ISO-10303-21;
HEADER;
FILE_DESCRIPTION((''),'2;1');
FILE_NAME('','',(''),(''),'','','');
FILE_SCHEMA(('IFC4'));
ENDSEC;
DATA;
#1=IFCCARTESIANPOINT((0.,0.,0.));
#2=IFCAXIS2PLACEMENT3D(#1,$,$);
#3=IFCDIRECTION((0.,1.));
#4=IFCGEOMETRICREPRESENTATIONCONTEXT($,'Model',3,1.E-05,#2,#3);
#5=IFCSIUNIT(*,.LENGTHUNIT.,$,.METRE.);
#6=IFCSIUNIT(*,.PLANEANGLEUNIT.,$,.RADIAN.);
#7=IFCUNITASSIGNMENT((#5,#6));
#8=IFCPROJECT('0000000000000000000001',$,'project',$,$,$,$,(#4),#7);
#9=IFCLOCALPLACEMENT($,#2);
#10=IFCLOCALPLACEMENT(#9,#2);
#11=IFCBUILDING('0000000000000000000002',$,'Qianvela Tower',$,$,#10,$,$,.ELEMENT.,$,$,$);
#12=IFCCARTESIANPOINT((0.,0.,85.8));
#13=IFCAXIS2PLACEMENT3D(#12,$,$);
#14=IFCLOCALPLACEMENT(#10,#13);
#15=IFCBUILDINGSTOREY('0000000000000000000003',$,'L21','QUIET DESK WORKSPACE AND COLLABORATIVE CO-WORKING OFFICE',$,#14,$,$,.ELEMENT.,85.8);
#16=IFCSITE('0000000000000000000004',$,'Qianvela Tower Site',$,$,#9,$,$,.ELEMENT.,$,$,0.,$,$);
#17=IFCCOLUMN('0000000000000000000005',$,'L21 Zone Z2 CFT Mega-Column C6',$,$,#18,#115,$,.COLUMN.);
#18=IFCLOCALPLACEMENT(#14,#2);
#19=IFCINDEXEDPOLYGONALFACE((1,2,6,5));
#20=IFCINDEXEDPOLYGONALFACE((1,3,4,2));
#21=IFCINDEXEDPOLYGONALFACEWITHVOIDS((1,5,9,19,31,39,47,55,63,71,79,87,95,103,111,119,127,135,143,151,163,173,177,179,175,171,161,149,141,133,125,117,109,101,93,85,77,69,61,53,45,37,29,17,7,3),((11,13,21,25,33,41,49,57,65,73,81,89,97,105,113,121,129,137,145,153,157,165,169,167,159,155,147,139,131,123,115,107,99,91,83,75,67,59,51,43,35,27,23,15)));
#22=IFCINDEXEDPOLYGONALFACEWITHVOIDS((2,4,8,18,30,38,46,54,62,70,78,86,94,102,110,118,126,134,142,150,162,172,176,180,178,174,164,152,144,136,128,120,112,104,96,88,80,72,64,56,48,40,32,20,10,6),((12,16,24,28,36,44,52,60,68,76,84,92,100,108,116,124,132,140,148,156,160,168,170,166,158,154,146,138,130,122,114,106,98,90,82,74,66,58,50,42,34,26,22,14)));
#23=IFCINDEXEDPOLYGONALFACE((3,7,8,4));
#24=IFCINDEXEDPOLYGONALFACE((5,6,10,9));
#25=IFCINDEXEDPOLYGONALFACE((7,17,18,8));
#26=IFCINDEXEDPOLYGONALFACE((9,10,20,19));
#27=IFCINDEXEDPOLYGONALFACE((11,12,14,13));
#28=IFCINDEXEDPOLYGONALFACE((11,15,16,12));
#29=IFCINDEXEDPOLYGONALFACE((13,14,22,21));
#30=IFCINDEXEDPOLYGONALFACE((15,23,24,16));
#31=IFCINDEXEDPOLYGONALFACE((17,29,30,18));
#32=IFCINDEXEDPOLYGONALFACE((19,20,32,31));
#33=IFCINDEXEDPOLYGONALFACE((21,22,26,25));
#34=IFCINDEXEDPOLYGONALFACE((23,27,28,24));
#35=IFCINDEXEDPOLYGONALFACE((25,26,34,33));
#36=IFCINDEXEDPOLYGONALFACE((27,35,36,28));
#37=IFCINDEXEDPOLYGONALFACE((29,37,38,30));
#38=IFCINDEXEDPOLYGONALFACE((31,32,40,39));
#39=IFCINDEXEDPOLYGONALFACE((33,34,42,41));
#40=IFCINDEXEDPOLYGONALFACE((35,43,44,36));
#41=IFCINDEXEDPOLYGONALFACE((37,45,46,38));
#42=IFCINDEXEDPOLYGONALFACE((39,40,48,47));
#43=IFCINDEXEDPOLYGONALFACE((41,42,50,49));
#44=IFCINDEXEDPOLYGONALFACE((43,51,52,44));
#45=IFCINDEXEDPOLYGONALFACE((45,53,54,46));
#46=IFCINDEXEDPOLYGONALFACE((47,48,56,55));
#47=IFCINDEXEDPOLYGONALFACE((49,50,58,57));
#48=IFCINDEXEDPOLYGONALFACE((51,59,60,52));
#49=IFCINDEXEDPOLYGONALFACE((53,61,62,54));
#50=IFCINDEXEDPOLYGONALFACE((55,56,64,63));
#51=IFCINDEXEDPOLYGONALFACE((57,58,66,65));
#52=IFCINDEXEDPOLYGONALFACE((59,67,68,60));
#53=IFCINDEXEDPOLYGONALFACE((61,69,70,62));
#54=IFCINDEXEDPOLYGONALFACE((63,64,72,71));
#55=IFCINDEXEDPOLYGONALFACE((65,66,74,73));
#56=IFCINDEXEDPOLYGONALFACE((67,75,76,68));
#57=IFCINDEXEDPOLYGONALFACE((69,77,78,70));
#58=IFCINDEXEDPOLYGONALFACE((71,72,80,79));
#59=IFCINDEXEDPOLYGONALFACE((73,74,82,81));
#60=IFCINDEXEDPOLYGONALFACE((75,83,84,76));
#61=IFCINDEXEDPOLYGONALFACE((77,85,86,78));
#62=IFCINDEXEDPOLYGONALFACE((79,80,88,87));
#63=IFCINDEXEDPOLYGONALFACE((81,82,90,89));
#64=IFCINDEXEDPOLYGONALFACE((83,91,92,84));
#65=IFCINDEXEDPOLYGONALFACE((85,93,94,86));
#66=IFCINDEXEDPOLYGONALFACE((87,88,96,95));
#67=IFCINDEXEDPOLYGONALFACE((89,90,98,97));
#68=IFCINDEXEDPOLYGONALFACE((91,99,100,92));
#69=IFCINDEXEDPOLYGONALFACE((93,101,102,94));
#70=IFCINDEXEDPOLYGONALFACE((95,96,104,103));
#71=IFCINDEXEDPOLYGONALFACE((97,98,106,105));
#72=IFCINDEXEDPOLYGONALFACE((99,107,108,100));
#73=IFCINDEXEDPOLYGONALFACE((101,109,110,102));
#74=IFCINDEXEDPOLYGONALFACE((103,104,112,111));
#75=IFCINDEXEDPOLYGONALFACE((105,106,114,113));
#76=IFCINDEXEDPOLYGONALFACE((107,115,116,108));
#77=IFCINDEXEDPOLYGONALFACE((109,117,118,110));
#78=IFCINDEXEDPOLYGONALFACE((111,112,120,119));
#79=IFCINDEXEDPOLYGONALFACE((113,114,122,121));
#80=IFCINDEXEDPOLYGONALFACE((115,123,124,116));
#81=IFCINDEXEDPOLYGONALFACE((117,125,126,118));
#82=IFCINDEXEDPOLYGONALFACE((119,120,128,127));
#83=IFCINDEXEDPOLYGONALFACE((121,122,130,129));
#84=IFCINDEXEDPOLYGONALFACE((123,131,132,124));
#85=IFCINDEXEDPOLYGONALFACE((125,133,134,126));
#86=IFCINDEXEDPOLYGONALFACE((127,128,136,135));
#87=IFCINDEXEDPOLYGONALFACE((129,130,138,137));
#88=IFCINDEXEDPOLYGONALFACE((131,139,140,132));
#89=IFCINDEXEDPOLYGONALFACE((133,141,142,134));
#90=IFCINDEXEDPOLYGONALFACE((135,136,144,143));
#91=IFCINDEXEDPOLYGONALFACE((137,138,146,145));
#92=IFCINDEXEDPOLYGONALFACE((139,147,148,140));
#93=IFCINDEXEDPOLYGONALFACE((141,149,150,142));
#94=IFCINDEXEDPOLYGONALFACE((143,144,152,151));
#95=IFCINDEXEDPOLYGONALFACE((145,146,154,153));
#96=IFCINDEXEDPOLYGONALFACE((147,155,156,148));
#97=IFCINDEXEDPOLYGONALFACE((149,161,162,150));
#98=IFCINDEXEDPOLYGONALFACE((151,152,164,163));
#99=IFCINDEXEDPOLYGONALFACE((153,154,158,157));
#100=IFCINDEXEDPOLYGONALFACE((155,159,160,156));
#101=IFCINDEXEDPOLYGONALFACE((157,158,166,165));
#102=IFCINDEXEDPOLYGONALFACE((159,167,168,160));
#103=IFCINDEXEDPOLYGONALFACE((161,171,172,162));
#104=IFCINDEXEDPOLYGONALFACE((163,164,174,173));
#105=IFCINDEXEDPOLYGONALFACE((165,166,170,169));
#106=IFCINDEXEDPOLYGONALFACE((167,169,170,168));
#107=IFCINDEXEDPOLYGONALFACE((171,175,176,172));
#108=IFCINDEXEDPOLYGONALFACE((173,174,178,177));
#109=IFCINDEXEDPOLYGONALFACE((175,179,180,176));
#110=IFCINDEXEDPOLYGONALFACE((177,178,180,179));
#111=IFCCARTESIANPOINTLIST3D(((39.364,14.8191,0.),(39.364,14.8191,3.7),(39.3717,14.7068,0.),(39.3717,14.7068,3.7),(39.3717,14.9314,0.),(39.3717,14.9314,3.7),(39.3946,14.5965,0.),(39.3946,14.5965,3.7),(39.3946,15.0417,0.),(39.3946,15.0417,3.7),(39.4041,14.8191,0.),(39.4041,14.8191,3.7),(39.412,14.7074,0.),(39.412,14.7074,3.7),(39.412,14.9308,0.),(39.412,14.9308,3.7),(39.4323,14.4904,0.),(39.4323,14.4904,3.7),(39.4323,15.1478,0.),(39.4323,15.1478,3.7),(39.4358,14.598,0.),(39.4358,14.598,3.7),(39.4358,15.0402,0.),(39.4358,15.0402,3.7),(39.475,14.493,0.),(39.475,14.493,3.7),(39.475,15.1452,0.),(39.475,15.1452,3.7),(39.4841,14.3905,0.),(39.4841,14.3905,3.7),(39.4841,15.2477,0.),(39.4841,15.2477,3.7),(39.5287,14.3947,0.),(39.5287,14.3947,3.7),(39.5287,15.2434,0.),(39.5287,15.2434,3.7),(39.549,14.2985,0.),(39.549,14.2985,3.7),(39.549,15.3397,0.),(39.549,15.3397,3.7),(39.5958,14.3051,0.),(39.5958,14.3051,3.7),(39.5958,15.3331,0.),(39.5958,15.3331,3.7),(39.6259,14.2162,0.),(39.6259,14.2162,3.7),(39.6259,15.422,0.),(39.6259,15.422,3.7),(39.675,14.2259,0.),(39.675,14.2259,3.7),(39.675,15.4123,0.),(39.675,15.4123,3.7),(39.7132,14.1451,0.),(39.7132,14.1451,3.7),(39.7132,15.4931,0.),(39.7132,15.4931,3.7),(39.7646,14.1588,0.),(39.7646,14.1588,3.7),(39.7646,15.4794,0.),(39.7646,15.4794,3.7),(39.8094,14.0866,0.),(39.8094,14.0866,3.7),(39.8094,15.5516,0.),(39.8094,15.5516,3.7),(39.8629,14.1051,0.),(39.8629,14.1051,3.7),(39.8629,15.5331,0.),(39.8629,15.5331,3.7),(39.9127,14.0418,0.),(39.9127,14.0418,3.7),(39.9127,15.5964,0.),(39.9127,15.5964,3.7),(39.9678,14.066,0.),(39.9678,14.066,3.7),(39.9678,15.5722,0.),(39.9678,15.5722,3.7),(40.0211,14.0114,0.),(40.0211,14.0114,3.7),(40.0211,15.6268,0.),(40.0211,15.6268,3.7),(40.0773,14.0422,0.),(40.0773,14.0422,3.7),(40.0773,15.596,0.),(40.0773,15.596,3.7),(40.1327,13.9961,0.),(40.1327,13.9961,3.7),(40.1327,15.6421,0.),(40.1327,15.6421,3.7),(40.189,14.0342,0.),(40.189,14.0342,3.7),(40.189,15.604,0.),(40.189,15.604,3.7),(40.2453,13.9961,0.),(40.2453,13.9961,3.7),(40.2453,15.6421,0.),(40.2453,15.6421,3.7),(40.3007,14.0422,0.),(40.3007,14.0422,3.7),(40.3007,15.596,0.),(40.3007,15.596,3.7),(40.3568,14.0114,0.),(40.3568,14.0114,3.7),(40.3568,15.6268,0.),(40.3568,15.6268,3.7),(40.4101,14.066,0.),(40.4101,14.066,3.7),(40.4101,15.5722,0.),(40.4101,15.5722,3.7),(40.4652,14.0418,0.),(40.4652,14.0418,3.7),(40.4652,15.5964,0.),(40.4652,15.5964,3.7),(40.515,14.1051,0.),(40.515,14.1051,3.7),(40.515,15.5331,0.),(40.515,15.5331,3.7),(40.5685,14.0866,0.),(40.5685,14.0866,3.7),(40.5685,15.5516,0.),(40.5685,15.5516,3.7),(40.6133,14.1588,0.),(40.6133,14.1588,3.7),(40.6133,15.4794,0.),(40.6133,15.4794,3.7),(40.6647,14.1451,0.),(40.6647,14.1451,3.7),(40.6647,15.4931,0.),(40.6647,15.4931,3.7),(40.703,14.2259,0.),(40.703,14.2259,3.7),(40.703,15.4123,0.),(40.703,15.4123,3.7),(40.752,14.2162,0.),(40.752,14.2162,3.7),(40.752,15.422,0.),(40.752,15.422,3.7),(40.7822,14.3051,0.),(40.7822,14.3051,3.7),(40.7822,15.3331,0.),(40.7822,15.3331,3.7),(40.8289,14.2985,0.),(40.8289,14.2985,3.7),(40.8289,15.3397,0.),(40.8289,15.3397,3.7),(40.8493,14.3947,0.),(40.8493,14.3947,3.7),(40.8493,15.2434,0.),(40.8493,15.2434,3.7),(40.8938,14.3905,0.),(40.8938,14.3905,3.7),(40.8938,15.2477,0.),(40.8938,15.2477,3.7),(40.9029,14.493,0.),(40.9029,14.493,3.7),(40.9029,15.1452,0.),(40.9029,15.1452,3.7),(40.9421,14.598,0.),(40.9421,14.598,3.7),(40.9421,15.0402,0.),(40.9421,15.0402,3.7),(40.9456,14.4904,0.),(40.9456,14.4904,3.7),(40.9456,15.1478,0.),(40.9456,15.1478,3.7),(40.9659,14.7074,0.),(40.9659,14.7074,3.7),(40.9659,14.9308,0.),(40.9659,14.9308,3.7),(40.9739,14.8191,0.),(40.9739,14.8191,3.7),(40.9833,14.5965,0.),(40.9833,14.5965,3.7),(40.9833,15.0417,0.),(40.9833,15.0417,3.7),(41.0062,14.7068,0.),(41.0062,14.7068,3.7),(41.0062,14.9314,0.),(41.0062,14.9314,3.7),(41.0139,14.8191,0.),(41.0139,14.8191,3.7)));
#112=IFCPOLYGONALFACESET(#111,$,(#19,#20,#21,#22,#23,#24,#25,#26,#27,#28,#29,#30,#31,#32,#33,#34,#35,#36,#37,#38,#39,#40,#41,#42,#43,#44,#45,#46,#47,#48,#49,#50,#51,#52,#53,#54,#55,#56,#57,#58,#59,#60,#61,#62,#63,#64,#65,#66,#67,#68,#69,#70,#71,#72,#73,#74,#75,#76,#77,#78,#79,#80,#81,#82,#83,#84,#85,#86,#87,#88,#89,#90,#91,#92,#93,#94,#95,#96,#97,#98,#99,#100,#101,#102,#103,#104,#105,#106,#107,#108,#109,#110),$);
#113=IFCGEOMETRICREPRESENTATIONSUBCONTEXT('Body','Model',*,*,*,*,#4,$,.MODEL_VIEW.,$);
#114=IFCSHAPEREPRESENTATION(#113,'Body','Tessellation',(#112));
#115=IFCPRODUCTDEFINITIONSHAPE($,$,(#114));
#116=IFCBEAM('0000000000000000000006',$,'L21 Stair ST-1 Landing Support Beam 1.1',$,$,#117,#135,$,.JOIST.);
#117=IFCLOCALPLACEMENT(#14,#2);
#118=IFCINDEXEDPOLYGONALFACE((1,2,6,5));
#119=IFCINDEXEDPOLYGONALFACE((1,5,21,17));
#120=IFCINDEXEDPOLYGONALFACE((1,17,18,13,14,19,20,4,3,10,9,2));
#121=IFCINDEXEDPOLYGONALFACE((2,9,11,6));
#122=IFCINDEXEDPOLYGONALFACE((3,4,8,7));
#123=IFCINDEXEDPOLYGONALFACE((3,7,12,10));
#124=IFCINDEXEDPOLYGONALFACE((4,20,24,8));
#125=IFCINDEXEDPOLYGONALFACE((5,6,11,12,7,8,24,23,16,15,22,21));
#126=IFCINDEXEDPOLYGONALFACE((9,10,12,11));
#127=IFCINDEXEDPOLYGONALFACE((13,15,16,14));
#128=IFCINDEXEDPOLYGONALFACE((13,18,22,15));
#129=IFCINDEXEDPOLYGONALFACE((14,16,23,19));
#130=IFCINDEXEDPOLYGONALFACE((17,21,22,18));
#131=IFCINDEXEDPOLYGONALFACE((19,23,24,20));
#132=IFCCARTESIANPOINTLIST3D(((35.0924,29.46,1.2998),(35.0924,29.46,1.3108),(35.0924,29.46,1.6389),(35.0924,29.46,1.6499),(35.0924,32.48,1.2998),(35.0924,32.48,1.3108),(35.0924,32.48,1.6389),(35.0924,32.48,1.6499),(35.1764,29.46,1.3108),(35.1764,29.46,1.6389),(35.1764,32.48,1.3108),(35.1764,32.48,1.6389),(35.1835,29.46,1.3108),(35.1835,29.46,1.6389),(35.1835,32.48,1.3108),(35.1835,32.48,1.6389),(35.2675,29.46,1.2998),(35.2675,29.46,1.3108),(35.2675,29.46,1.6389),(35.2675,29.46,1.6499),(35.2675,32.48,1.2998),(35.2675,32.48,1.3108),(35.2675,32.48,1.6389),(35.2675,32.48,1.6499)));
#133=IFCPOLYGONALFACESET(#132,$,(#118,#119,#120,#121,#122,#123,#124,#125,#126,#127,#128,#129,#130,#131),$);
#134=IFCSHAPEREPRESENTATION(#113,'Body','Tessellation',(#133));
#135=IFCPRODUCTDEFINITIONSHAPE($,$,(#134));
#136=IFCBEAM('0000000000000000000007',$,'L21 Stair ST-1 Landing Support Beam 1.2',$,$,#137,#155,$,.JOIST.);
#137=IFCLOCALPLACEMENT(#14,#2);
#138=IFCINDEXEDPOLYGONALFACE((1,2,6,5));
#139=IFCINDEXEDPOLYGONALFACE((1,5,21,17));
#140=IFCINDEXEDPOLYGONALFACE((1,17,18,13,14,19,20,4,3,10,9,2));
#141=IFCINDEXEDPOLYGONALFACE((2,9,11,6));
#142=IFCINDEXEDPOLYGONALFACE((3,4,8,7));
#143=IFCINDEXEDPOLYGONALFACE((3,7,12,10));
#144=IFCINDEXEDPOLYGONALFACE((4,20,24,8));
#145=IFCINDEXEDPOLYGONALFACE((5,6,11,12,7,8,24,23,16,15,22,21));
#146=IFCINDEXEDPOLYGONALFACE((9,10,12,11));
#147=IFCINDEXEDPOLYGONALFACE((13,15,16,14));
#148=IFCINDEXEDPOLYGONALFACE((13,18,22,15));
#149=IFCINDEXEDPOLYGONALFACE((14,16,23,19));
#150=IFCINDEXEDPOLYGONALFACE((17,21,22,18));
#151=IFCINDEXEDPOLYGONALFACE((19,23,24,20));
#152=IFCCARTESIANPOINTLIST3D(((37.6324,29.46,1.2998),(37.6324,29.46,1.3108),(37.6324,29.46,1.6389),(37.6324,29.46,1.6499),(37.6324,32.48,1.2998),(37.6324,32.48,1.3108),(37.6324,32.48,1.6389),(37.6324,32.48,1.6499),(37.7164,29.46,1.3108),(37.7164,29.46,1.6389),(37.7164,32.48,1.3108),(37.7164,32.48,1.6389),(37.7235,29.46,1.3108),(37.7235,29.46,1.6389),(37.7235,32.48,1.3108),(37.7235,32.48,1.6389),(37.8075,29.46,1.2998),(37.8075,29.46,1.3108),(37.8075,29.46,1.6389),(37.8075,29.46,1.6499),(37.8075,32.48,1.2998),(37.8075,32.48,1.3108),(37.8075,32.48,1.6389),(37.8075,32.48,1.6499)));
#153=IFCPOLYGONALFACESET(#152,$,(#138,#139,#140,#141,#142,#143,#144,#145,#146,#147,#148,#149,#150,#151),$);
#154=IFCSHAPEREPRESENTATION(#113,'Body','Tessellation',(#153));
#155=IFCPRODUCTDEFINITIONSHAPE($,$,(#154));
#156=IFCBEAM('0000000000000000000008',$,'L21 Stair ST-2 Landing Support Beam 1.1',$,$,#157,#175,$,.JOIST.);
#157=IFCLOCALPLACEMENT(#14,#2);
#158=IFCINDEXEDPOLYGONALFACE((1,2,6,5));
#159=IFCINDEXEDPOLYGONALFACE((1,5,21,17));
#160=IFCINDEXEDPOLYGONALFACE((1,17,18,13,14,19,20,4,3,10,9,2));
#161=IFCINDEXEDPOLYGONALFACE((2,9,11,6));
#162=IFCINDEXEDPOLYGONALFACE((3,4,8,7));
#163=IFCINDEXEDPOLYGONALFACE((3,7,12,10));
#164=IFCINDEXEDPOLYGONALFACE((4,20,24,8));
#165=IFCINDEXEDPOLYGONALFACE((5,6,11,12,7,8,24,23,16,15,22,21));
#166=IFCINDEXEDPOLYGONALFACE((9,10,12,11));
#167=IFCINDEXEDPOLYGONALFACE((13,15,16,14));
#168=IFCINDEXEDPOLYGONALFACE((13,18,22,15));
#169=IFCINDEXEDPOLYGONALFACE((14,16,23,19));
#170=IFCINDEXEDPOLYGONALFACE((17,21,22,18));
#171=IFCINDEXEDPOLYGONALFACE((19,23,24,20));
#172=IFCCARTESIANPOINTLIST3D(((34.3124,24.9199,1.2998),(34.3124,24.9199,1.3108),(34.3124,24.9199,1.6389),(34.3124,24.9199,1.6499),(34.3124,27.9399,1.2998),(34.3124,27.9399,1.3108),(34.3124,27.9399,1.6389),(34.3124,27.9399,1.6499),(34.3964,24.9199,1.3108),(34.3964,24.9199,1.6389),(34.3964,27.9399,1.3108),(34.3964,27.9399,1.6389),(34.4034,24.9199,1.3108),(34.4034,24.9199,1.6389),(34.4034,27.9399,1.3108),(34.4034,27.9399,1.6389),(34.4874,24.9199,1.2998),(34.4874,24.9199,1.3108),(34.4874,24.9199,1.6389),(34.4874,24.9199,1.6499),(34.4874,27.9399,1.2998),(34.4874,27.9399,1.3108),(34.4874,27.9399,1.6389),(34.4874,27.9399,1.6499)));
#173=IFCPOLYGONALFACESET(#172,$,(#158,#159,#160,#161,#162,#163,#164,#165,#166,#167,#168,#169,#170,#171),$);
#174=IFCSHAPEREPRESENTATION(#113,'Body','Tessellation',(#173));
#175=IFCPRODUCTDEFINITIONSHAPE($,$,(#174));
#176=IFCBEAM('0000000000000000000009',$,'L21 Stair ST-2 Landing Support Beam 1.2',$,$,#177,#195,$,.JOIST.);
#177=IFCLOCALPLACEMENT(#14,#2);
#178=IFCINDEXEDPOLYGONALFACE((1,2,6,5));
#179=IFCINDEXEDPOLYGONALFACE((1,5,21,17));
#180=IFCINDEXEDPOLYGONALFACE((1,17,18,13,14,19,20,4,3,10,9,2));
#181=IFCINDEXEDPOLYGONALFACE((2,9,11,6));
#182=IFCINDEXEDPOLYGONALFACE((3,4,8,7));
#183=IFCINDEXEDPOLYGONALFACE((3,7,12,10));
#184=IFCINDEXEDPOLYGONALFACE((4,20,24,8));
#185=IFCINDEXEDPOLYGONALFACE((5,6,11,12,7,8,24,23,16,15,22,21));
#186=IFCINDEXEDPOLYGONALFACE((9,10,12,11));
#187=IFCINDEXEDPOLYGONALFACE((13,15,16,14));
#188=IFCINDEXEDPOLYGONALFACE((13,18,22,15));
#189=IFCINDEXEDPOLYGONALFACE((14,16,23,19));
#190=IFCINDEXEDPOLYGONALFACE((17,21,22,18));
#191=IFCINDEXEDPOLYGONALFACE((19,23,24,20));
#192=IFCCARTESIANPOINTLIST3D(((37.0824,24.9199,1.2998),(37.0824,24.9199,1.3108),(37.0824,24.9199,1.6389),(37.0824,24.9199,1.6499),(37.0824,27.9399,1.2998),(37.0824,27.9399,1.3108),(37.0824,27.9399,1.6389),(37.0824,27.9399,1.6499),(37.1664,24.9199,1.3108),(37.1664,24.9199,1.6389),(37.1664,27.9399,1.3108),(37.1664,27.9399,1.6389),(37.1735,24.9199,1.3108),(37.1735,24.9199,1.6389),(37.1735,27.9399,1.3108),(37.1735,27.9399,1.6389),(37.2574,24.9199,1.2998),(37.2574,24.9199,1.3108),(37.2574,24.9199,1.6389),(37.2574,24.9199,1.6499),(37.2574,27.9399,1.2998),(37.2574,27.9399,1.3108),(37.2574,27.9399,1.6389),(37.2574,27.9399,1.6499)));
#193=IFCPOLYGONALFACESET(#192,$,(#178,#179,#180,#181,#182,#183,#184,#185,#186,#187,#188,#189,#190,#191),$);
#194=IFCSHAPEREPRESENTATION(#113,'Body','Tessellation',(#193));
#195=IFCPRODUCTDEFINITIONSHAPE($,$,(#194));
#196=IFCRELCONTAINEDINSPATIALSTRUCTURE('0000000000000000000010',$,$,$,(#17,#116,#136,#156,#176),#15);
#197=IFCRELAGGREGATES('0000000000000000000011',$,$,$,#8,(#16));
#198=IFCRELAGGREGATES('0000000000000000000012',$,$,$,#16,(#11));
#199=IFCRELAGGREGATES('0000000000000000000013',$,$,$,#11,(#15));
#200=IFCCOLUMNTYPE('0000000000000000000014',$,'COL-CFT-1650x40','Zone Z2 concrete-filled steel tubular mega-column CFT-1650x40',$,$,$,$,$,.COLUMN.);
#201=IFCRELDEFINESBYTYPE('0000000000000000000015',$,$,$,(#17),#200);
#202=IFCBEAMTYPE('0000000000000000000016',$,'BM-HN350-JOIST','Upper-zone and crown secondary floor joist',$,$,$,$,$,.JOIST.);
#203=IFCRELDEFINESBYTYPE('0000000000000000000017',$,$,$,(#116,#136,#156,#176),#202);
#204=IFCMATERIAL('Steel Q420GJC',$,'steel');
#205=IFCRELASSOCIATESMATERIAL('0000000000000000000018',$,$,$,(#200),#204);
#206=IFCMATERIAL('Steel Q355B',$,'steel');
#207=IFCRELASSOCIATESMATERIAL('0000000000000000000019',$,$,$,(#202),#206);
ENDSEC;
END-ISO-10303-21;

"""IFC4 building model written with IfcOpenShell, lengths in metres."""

from ifc_helpers import new_model, si_unit, direction, frame, origin, origin_2d, place, context, subcontext, project, spatial, hollow_circle, i_section, extrude, material, material_profile, profile_set, type_object, element, save


model = new_model("IFC4")

# Units and contexts
model_context = context("Model", 3, precision=1e-05, world=origin(), true_north=direction((0.0, 1.0)))
body_context = subcontext(model_context, "Body", "Model", "MODEL_VIEW")
ifc_project = project(units=[si_unit("LENGTHUNIT", "METRE"), si_unit("PLANEANGLEUNIT", "RADIAN")], contexts=[model_context])

# Site, building, storey
site_placement = place(None, origin())
site = spatial("IfcSite", under=ifc_project, at=site_placement, Name="Qianvela Tower Site", CompositionType="ELEMENT", RefElevation=0.0)
building_placement = place(site_placement, origin())
building = spatial("IfcBuilding", under=site, at=building_placement, Name="Qianvela Tower", CompositionType="ELEMENT")
storey_placement = place(building_placement, frame((0.0, 0.0, 85.8)))
storey = spatial("IfcBuildingStorey", under=building, at=storey_placement, Name="L21", Description="QUIET DESK WORKSPACE AND COLLABORATIVE CO-WORKING OFFICE", CompositionType="ELEMENT", Elevation=85.8)

# Column
ifc_material_1 = material(Name="Steel Q420GJC", Category="steel")
ifc_material_profile_1 = material_profile(ifc_material_1, hollow_circle(Radius=0.825, WallThickness=0.04, at=origin_2d()), Name="CFT-1650x40")
ifc_profile_set_1 = profile_set([ifc_material_profile_1], Name="Steel Q420GJC")
column_type = type_object("IfcColumnType", Name="COL-CFT-1650x40", Description="Zone Z2 concrete-filled steel tubular mega-column CFT-1650x40", PredefinedType="COLUMN", material=ifc_profile_set_1)
for number, where, z_axis, x_axis, name in (
    (1, (40.189, 14.8191, 0.0), (0.0, 0.0, 1.0), (1.0, 0.0, 0.0), "L21 Zone Z2 CFT Mega-Column C6"),
):
    element("IfcColumn", number, at=place(storey_placement, frame(where, z_axis=z_axis, x_axis=x_axis)), inside=storey, type_object=column_type, Name=name, PredefinedType="COLUMN", context=body_context, shape_type="SweptSolid", body=[
        extrude(hollow_circle(Radius=0.825, WallThickness=0.04, at=origin_2d()), origin(), (0.0, 0.0, 1.0), 3.7),
    ])

# Beams
ifc_material_2 = material(Name="Steel Q355B", Category="steel")
ifc_material_profile_2 = material_profile(ifc_material_2, i_section(OverallWidth=0.175, OverallDepth=0.3501, WebThickness=0.0071, FlangeThickness=0.011, at=origin_2d()), Name="HN350x175x7x11")
ifc_profile_set_2 = profile_set([ifc_material_profile_2], Name="Steel Q355B")
beam_type_1 = type_object("IfcBeamType", Name="BM-HN350-JOIST", Description="Upper-zone and crown secondary floor joist", PredefinedType="JOIST", material=ifc_profile_set_2)
for number, where, z_axis, x_axis, name in (
    (2, (35.1799, 29.46, 1.4749), (0.0, 1.0, 0.0), (-1.0, 0.0, 0.0), "L21 Stair ST-1 Landing Support Beam 1.1"),
    (3, (37.72, 29.46, 1.4749), (0.0, 1.0, 0.0), (-1.0, 0.0, 0.0), "L21 Stair ST-1 Landing Support Beam 1.2"),
    (4, (34.3999, 24.9199, 1.4749), (0.0, 1.0, 0.0), (-1.0, 0.0, 0.0), "L21 Stair ST-2 Landing Support Beam 1.1"),
    (5, (37.1699, 24.9199, 1.4749), (0.0, 1.0, 0.0), (-1.0, 0.0, 0.0), "L21 Stair ST-2 Landing Support Beam 1.2"),
):
    element("IfcBeam", number, at=place(storey_placement, frame(where, z_axis=z_axis, x_axis=x_axis)), inside=storey, type_object=beam_type_1, Name=name, PredefinedType="JOIST", context=body_context, shape_type="SweptSolid", body=[
        extrude(i_section(OverallWidth=0.175, OverallDepth=0.3501, WebThickness=0.0071, FlangeThickness=0.011, at=origin_2d()), origin(), (0.0, 0.0, 1.0), 3.02),
    ])

save(model, "model.ifc")
